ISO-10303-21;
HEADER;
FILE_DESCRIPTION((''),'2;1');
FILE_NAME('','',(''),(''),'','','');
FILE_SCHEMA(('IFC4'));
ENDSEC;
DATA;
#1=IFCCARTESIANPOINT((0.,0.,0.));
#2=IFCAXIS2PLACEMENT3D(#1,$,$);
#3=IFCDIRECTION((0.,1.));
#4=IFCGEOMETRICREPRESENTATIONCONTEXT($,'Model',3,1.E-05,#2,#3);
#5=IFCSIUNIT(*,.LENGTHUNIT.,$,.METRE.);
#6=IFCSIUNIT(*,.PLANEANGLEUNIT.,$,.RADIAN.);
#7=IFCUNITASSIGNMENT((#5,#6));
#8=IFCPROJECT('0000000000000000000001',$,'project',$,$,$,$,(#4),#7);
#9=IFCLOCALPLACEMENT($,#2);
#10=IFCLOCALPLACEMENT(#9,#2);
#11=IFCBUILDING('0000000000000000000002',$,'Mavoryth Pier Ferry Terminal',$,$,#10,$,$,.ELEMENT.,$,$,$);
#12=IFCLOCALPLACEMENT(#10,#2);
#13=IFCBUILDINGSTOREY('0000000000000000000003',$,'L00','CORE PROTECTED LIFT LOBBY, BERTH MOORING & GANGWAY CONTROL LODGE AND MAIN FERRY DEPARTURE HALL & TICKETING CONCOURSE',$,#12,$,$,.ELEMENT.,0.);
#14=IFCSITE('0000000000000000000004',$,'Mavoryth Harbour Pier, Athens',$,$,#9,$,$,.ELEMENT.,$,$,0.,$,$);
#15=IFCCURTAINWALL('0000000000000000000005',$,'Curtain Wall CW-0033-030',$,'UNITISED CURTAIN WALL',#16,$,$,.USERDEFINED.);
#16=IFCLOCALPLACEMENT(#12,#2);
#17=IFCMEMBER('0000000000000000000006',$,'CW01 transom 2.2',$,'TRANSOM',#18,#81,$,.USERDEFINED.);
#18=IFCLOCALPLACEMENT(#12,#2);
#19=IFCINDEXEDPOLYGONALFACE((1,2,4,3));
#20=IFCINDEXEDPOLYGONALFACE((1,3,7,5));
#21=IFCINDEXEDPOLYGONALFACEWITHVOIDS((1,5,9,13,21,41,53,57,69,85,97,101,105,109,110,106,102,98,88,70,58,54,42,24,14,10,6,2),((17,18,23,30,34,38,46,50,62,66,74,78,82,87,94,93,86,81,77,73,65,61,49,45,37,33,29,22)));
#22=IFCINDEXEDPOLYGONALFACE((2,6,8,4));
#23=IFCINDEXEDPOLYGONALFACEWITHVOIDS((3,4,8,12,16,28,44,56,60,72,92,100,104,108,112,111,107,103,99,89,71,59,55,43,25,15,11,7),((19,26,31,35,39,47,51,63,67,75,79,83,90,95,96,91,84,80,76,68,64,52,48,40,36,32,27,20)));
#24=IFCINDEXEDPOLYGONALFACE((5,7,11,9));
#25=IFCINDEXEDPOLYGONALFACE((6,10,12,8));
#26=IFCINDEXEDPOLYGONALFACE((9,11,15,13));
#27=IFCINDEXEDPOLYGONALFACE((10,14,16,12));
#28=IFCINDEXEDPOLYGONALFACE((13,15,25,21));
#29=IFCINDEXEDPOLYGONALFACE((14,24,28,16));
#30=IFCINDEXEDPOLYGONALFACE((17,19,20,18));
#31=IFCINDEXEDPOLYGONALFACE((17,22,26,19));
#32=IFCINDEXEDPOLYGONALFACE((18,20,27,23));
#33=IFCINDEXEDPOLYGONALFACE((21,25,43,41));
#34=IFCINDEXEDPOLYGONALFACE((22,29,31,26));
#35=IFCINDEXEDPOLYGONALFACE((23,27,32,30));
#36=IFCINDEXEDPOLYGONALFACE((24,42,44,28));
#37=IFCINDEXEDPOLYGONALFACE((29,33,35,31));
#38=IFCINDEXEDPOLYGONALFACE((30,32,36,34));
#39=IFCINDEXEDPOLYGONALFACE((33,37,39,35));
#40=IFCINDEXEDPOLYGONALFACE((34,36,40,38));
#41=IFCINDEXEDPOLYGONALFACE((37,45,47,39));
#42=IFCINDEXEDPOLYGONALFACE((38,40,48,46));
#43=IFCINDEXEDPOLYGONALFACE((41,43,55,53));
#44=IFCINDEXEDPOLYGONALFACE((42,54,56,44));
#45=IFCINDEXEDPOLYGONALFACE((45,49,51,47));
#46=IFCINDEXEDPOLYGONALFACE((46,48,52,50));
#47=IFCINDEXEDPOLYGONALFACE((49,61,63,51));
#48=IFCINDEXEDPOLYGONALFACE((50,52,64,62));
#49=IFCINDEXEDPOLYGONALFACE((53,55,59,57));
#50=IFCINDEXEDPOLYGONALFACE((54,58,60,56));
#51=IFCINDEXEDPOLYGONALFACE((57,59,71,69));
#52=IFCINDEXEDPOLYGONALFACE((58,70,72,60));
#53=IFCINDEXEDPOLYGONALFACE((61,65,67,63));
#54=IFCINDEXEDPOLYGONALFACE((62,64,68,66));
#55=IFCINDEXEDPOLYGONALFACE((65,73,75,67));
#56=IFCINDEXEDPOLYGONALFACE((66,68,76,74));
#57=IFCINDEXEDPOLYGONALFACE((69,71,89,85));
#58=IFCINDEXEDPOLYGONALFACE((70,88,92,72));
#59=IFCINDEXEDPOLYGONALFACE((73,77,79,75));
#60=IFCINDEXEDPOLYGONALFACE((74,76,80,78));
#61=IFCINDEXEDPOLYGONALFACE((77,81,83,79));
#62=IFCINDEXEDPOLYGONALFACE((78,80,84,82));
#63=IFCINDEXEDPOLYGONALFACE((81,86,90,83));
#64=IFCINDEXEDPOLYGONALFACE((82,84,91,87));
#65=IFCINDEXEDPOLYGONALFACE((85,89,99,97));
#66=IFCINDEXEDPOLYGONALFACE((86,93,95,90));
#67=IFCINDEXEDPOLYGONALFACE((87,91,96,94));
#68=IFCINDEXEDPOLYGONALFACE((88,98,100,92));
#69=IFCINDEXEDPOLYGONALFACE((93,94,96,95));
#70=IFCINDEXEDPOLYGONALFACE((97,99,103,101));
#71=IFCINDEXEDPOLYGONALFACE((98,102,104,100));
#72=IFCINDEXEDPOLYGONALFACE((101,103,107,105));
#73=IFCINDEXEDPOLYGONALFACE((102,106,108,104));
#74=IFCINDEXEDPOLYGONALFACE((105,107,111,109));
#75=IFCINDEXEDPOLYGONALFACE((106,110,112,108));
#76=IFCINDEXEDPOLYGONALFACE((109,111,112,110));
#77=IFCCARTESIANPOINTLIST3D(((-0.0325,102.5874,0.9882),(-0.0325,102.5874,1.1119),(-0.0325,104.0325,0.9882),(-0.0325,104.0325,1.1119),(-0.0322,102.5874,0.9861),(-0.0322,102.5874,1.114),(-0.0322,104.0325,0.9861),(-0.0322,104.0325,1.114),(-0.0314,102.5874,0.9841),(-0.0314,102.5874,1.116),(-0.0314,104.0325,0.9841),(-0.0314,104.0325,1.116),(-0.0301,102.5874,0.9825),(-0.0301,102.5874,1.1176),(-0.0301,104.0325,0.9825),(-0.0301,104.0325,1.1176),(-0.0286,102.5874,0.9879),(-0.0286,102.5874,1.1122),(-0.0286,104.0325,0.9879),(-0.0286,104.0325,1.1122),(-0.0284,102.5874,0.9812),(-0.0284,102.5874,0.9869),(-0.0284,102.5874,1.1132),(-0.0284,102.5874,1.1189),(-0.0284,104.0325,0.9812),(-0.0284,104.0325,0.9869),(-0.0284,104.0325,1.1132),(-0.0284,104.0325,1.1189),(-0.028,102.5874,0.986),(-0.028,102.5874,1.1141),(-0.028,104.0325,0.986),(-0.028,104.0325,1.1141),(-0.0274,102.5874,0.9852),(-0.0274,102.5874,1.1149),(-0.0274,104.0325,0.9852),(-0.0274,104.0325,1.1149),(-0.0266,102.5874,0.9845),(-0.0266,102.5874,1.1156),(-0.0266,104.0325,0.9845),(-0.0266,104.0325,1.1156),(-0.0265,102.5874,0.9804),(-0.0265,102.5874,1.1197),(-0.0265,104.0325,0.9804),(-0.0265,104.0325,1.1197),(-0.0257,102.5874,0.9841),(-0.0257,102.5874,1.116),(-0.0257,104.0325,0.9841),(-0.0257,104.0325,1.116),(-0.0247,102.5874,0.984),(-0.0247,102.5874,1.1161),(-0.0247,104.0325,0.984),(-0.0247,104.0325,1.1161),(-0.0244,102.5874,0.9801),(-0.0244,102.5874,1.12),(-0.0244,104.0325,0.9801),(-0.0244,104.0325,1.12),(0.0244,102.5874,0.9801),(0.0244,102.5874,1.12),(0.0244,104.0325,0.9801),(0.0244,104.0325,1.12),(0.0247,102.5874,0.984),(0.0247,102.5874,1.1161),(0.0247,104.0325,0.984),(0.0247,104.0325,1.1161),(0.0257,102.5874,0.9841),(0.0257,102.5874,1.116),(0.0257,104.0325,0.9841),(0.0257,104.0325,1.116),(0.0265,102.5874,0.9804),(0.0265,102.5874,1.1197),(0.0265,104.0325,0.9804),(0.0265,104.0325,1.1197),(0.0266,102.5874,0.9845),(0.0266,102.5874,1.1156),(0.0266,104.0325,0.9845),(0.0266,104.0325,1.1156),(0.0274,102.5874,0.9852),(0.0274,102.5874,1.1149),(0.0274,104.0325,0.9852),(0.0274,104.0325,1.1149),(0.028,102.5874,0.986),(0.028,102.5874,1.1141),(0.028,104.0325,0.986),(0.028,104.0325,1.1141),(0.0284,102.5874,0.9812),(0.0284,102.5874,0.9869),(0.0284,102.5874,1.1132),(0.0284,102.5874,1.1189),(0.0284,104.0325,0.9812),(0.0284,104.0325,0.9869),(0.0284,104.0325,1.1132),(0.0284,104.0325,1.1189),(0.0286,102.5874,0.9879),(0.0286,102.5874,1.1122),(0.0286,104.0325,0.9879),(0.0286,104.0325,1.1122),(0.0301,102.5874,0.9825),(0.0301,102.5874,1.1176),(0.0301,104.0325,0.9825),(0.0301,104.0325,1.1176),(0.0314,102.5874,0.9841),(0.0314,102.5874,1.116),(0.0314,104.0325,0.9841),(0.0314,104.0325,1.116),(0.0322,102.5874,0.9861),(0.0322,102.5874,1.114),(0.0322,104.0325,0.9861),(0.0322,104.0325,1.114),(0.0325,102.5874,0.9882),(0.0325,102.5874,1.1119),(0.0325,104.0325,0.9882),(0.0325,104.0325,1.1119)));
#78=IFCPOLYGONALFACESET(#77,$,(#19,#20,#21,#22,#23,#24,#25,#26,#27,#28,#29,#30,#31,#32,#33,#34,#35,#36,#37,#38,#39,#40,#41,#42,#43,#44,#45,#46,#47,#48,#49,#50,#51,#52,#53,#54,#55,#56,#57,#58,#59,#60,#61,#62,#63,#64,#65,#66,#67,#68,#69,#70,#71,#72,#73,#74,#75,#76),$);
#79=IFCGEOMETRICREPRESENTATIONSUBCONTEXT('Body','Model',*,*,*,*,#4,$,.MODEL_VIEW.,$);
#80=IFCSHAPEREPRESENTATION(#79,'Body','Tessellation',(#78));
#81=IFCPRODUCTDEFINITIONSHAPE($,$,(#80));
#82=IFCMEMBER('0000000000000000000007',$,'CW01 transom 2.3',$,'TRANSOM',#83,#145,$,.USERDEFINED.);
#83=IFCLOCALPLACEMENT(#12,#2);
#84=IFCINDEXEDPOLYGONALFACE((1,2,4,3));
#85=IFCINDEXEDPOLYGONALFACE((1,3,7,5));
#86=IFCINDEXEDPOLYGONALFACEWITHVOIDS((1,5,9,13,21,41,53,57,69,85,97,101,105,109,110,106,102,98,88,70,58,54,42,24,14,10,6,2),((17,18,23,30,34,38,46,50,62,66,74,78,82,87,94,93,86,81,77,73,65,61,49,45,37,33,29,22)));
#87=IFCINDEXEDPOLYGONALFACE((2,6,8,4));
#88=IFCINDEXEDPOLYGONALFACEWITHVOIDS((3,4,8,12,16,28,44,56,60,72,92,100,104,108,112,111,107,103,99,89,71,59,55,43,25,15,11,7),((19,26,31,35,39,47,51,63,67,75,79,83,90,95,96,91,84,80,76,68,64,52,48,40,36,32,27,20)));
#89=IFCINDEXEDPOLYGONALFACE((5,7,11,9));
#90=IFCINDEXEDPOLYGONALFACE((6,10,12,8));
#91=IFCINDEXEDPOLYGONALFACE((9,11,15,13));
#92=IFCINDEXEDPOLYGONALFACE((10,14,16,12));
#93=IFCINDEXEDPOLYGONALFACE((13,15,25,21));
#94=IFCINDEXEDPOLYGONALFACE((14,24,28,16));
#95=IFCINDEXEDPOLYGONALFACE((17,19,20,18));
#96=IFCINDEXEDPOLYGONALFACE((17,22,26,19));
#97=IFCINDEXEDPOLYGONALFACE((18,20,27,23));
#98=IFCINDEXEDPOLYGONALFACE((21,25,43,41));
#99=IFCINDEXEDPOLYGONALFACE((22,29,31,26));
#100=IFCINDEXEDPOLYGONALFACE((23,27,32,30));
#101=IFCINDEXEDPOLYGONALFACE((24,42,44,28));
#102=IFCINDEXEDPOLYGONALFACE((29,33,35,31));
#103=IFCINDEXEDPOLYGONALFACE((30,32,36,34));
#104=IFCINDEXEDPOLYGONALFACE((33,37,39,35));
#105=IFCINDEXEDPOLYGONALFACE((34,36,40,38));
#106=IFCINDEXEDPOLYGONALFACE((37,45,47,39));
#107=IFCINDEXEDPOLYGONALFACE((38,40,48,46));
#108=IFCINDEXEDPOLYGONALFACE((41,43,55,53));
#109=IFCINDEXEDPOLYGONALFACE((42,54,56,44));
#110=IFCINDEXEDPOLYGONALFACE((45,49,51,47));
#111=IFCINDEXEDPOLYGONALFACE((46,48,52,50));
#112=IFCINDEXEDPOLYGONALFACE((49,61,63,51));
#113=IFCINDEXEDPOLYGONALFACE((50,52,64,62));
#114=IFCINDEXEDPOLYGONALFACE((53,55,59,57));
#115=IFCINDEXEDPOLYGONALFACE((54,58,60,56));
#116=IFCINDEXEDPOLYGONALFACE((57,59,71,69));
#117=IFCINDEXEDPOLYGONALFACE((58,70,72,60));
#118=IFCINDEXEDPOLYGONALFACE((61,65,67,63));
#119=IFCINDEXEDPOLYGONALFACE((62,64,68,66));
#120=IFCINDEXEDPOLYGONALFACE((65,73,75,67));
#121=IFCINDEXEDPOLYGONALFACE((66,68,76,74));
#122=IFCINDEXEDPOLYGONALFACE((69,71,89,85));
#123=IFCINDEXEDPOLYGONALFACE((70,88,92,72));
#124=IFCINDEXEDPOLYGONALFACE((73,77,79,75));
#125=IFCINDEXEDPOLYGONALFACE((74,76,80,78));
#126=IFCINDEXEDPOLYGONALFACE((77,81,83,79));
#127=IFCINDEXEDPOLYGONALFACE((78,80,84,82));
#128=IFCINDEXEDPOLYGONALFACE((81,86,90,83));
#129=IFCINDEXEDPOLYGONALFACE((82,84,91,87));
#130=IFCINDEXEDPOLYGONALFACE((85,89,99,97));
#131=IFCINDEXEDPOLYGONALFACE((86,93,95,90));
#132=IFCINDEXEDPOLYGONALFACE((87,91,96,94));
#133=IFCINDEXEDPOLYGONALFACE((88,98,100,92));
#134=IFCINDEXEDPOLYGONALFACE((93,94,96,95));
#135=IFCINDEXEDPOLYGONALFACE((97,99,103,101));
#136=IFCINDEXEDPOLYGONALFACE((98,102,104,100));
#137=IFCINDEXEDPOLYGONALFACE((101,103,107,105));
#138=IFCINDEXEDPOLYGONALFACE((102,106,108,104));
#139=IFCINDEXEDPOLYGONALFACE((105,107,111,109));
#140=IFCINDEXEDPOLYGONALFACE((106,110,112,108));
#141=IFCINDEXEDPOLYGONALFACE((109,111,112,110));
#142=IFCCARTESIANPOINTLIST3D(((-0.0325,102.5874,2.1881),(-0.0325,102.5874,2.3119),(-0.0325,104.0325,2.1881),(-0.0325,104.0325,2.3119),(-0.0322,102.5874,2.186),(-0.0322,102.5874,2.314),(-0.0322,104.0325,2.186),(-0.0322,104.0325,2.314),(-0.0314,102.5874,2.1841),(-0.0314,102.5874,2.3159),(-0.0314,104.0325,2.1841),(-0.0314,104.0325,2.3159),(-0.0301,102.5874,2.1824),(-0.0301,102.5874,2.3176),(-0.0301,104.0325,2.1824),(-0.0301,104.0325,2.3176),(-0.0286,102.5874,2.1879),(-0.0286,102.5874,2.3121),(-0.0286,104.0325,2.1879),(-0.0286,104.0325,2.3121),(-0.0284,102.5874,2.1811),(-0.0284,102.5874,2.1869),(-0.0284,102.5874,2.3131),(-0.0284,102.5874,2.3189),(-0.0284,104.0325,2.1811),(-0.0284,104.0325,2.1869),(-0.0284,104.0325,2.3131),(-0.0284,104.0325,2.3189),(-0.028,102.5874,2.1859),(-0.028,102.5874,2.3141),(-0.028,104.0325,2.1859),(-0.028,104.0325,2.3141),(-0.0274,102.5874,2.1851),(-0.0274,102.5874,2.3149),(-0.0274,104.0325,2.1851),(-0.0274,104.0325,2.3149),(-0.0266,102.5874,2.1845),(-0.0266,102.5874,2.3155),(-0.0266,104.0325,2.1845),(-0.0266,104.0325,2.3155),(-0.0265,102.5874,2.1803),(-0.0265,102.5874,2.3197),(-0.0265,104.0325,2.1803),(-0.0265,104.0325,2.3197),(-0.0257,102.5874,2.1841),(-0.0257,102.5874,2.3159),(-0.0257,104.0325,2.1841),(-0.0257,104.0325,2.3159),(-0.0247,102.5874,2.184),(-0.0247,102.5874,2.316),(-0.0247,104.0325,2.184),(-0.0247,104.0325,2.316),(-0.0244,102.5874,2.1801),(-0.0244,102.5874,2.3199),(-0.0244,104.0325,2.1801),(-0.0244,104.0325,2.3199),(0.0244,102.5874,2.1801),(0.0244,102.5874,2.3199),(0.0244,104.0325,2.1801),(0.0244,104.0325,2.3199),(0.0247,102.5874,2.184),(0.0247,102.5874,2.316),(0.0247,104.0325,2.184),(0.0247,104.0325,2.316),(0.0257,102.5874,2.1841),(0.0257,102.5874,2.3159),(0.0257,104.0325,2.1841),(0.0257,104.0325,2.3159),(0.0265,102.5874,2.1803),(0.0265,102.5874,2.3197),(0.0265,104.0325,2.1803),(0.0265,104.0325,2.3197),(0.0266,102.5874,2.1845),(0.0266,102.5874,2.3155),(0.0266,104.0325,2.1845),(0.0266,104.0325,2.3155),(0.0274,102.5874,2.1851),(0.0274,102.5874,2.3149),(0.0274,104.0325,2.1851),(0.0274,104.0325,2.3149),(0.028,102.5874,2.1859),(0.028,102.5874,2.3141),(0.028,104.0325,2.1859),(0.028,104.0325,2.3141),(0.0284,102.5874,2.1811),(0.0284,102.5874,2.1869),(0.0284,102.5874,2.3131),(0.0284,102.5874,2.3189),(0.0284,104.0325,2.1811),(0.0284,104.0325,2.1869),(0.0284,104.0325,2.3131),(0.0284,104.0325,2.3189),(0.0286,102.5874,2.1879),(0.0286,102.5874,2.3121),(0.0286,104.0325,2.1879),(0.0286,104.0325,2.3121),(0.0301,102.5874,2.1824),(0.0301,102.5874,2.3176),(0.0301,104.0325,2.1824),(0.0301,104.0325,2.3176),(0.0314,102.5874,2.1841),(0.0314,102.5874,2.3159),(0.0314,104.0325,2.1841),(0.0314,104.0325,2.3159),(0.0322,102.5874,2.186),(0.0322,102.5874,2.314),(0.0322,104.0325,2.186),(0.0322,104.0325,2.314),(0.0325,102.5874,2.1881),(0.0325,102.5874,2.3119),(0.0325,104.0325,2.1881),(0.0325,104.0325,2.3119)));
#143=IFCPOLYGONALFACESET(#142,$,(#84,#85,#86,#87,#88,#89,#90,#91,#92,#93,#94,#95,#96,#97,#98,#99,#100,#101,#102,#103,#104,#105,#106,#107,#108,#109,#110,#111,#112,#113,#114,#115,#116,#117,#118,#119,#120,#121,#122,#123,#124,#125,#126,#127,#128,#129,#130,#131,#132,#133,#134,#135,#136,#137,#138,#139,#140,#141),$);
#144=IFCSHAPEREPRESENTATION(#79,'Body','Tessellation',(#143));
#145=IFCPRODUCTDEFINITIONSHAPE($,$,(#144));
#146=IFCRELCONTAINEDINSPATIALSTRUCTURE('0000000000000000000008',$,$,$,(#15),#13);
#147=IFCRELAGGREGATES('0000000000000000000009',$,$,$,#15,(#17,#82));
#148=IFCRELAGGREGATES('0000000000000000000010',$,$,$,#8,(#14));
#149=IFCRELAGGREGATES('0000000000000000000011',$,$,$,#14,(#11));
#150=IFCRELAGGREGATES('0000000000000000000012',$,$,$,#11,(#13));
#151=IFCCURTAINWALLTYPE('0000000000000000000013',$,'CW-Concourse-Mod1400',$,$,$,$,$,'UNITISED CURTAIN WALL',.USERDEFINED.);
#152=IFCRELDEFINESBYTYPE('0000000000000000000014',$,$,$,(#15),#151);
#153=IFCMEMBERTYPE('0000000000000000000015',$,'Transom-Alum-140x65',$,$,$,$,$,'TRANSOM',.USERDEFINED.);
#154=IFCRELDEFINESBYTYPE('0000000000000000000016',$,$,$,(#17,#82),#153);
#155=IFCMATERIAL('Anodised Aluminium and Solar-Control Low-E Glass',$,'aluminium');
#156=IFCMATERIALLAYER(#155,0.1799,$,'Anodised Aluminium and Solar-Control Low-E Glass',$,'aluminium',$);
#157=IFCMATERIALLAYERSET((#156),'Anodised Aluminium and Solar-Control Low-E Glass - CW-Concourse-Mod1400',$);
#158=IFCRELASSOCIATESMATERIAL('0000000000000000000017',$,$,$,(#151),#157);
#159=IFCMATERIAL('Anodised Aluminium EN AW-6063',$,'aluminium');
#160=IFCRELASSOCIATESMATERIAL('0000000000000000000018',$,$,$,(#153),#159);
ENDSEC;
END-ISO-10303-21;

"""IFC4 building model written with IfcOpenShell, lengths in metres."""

from ifc_helpers import new_model, si_unit, direction, frame, origin, origin_2d, place, context, subcontext, project, spatial, hollow_rectangle, extrude, material, layer, layer_set, material_profile, profile_set, type_object, element, aggregate, save


model = new_model("IFC4")

# Units and contexts
model_context = context("Model", 3, precision=1e-05, world=origin(), true_north=direction((0.0, 1.0)))
body_context = subcontext(model_context, "Body", "Model", "MODEL_VIEW")
ifc_project = project(units=[si_unit("LENGTHUNIT", "METRE"), si_unit("PLANEANGLEUNIT", "RADIAN")], contexts=[model_context])

# Site, building, storey
site_placement = place(None, origin())
site = spatial("IfcSite", under=ifc_project, at=site_placement, Name="Mavoryth Harbour Pier, Athens", CompositionType="ELEMENT", RefElevation=0.0)
building_placement = place(site_placement, origin())
building = spatial("IfcBuilding", under=site, at=building_placement, Name="Mavoryth Pier Ferry Terminal", CompositionType="ELEMENT")
storey_placement = place(building_placement, origin())
storey = spatial("IfcBuildingStorey", under=building, at=storey_placement, Name="L00", Description="CORE PROTECTED LIFT LOBBY, BERTH MOORING & GANGWAY CONTROL LODGE AND MAIN FERRY DEPARTURE HALL & TICKETING CONCOURSE", CompositionType="ELEMENT", Elevation=0.0)

# Curtain wall, members
ifc_material_1 = material(Name="Anodised Aluminium and Solar-Control Low-E Glass", Category="aluminium")
ifc_layer_1 = layer(ifc_material_1, 0.1799, Name="Anodised Aluminium and Solar-Control Low-E Glass", Category="aluminium")
ifc_layer_set_1 = layer_set([ifc_layer_1], Name="Anodised Aluminium and Solar-Control Low-E Glass - CW-Concourse-Mod1400")
curtain_wall_type = type_object("IfcCurtainWallType", Name="CW-Concourse-Mod1400", ElementType="UNITISED CURTAIN WALL", PredefinedType="USERDEFINED", material=ifc_layer_set_1)
curtain_wall_placement = place(storey_placement, origin())
curtain_wall = element("IfcCurtainWall", 1, at=curtain_wall_placement, inside=storey, type_object=curtain_wall_type, Name="Curtain Wall CW-0033-030", ObjectType="UNITISED CURTAIN WALL", PredefinedType="USERDEFINED")
ifc_material_2 = material(Name="Anodised Aluminium EN AW-6063", Category="aluminium")
ifc_material_profile_1 = material_profile(ifc_material_2, hollow_rectangle(XDim=0.0649, YDim=0.1399, WallThickness=0.0039, InnerFilletRadius=0.0039, OuterFilletRadius=0.0081, at=origin_2d()), Name="AL-TRAN 140x65x4", Category="aluminium")
ifc_profile_set_1 = profile_set([ifc_material_profile_1], Name="Anodised Aluminium EN AW-6063 - AL-TRAN 140x65x4")
member_type_1 = type_object("IfcMemberType", Name="Transom-Alum-140x65", ElementType="TRANSOM", PredefinedType="USERDEFINED", material=ifc_profile_set_1)
member_1_placement = place(storey_placement, frame((0.0, 104.0325, 1.05), z_axis=(0.0, -1.0, 0.0), x_axis=(1.0, 0.0, 0.0)))
member_1 = element("IfcMember", 2, at=member_1_placement, type_object=member_type_1, Name="CW01 transom 2.2", ObjectType="TRANSOM", PredefinedType="USERDEFINED", context=body_context, shape_type="SweptSolid", body=[
    extrude(hollow_rectangle(XDim=0.0649, YDim=0.1399, WallThickness=0.0039, InnerFilletRadius=0.0039, OuterFilletRadius=0.0081, at=origin_2d()), origin(), (0.0, 0.0, 1.0), 1.4451),
])
member_2_placement = place(storey_placement, frame((0.0, 104.0325, 2.25), z_axis=(0.0, -1.0, 0.0), x_axis=(1.0, 0.0, 0.0)))
member_2 = element("IfcMember", 3, at=member_2_placement, type_object=member_type_1, Name="CW01 transom 2.3", ObjectType="TRANSOM", PredefinedType="USERDEFINED", context=body_context, shape_type="SweptSolid", body=[
    extrude(hollow_rectangle(XDim=0.0649, YDim=0.1399, WallThickness=0.0039, InnerFilletRadius=0.0039, OuterFilletRadius=0.0081, at=origin_2d()), origin(), (0.0, 0.0, 1.0), 1.4451),
])
aggregate(curtain_wall, [member_1, member_2])

save(model, "model.ifc")
